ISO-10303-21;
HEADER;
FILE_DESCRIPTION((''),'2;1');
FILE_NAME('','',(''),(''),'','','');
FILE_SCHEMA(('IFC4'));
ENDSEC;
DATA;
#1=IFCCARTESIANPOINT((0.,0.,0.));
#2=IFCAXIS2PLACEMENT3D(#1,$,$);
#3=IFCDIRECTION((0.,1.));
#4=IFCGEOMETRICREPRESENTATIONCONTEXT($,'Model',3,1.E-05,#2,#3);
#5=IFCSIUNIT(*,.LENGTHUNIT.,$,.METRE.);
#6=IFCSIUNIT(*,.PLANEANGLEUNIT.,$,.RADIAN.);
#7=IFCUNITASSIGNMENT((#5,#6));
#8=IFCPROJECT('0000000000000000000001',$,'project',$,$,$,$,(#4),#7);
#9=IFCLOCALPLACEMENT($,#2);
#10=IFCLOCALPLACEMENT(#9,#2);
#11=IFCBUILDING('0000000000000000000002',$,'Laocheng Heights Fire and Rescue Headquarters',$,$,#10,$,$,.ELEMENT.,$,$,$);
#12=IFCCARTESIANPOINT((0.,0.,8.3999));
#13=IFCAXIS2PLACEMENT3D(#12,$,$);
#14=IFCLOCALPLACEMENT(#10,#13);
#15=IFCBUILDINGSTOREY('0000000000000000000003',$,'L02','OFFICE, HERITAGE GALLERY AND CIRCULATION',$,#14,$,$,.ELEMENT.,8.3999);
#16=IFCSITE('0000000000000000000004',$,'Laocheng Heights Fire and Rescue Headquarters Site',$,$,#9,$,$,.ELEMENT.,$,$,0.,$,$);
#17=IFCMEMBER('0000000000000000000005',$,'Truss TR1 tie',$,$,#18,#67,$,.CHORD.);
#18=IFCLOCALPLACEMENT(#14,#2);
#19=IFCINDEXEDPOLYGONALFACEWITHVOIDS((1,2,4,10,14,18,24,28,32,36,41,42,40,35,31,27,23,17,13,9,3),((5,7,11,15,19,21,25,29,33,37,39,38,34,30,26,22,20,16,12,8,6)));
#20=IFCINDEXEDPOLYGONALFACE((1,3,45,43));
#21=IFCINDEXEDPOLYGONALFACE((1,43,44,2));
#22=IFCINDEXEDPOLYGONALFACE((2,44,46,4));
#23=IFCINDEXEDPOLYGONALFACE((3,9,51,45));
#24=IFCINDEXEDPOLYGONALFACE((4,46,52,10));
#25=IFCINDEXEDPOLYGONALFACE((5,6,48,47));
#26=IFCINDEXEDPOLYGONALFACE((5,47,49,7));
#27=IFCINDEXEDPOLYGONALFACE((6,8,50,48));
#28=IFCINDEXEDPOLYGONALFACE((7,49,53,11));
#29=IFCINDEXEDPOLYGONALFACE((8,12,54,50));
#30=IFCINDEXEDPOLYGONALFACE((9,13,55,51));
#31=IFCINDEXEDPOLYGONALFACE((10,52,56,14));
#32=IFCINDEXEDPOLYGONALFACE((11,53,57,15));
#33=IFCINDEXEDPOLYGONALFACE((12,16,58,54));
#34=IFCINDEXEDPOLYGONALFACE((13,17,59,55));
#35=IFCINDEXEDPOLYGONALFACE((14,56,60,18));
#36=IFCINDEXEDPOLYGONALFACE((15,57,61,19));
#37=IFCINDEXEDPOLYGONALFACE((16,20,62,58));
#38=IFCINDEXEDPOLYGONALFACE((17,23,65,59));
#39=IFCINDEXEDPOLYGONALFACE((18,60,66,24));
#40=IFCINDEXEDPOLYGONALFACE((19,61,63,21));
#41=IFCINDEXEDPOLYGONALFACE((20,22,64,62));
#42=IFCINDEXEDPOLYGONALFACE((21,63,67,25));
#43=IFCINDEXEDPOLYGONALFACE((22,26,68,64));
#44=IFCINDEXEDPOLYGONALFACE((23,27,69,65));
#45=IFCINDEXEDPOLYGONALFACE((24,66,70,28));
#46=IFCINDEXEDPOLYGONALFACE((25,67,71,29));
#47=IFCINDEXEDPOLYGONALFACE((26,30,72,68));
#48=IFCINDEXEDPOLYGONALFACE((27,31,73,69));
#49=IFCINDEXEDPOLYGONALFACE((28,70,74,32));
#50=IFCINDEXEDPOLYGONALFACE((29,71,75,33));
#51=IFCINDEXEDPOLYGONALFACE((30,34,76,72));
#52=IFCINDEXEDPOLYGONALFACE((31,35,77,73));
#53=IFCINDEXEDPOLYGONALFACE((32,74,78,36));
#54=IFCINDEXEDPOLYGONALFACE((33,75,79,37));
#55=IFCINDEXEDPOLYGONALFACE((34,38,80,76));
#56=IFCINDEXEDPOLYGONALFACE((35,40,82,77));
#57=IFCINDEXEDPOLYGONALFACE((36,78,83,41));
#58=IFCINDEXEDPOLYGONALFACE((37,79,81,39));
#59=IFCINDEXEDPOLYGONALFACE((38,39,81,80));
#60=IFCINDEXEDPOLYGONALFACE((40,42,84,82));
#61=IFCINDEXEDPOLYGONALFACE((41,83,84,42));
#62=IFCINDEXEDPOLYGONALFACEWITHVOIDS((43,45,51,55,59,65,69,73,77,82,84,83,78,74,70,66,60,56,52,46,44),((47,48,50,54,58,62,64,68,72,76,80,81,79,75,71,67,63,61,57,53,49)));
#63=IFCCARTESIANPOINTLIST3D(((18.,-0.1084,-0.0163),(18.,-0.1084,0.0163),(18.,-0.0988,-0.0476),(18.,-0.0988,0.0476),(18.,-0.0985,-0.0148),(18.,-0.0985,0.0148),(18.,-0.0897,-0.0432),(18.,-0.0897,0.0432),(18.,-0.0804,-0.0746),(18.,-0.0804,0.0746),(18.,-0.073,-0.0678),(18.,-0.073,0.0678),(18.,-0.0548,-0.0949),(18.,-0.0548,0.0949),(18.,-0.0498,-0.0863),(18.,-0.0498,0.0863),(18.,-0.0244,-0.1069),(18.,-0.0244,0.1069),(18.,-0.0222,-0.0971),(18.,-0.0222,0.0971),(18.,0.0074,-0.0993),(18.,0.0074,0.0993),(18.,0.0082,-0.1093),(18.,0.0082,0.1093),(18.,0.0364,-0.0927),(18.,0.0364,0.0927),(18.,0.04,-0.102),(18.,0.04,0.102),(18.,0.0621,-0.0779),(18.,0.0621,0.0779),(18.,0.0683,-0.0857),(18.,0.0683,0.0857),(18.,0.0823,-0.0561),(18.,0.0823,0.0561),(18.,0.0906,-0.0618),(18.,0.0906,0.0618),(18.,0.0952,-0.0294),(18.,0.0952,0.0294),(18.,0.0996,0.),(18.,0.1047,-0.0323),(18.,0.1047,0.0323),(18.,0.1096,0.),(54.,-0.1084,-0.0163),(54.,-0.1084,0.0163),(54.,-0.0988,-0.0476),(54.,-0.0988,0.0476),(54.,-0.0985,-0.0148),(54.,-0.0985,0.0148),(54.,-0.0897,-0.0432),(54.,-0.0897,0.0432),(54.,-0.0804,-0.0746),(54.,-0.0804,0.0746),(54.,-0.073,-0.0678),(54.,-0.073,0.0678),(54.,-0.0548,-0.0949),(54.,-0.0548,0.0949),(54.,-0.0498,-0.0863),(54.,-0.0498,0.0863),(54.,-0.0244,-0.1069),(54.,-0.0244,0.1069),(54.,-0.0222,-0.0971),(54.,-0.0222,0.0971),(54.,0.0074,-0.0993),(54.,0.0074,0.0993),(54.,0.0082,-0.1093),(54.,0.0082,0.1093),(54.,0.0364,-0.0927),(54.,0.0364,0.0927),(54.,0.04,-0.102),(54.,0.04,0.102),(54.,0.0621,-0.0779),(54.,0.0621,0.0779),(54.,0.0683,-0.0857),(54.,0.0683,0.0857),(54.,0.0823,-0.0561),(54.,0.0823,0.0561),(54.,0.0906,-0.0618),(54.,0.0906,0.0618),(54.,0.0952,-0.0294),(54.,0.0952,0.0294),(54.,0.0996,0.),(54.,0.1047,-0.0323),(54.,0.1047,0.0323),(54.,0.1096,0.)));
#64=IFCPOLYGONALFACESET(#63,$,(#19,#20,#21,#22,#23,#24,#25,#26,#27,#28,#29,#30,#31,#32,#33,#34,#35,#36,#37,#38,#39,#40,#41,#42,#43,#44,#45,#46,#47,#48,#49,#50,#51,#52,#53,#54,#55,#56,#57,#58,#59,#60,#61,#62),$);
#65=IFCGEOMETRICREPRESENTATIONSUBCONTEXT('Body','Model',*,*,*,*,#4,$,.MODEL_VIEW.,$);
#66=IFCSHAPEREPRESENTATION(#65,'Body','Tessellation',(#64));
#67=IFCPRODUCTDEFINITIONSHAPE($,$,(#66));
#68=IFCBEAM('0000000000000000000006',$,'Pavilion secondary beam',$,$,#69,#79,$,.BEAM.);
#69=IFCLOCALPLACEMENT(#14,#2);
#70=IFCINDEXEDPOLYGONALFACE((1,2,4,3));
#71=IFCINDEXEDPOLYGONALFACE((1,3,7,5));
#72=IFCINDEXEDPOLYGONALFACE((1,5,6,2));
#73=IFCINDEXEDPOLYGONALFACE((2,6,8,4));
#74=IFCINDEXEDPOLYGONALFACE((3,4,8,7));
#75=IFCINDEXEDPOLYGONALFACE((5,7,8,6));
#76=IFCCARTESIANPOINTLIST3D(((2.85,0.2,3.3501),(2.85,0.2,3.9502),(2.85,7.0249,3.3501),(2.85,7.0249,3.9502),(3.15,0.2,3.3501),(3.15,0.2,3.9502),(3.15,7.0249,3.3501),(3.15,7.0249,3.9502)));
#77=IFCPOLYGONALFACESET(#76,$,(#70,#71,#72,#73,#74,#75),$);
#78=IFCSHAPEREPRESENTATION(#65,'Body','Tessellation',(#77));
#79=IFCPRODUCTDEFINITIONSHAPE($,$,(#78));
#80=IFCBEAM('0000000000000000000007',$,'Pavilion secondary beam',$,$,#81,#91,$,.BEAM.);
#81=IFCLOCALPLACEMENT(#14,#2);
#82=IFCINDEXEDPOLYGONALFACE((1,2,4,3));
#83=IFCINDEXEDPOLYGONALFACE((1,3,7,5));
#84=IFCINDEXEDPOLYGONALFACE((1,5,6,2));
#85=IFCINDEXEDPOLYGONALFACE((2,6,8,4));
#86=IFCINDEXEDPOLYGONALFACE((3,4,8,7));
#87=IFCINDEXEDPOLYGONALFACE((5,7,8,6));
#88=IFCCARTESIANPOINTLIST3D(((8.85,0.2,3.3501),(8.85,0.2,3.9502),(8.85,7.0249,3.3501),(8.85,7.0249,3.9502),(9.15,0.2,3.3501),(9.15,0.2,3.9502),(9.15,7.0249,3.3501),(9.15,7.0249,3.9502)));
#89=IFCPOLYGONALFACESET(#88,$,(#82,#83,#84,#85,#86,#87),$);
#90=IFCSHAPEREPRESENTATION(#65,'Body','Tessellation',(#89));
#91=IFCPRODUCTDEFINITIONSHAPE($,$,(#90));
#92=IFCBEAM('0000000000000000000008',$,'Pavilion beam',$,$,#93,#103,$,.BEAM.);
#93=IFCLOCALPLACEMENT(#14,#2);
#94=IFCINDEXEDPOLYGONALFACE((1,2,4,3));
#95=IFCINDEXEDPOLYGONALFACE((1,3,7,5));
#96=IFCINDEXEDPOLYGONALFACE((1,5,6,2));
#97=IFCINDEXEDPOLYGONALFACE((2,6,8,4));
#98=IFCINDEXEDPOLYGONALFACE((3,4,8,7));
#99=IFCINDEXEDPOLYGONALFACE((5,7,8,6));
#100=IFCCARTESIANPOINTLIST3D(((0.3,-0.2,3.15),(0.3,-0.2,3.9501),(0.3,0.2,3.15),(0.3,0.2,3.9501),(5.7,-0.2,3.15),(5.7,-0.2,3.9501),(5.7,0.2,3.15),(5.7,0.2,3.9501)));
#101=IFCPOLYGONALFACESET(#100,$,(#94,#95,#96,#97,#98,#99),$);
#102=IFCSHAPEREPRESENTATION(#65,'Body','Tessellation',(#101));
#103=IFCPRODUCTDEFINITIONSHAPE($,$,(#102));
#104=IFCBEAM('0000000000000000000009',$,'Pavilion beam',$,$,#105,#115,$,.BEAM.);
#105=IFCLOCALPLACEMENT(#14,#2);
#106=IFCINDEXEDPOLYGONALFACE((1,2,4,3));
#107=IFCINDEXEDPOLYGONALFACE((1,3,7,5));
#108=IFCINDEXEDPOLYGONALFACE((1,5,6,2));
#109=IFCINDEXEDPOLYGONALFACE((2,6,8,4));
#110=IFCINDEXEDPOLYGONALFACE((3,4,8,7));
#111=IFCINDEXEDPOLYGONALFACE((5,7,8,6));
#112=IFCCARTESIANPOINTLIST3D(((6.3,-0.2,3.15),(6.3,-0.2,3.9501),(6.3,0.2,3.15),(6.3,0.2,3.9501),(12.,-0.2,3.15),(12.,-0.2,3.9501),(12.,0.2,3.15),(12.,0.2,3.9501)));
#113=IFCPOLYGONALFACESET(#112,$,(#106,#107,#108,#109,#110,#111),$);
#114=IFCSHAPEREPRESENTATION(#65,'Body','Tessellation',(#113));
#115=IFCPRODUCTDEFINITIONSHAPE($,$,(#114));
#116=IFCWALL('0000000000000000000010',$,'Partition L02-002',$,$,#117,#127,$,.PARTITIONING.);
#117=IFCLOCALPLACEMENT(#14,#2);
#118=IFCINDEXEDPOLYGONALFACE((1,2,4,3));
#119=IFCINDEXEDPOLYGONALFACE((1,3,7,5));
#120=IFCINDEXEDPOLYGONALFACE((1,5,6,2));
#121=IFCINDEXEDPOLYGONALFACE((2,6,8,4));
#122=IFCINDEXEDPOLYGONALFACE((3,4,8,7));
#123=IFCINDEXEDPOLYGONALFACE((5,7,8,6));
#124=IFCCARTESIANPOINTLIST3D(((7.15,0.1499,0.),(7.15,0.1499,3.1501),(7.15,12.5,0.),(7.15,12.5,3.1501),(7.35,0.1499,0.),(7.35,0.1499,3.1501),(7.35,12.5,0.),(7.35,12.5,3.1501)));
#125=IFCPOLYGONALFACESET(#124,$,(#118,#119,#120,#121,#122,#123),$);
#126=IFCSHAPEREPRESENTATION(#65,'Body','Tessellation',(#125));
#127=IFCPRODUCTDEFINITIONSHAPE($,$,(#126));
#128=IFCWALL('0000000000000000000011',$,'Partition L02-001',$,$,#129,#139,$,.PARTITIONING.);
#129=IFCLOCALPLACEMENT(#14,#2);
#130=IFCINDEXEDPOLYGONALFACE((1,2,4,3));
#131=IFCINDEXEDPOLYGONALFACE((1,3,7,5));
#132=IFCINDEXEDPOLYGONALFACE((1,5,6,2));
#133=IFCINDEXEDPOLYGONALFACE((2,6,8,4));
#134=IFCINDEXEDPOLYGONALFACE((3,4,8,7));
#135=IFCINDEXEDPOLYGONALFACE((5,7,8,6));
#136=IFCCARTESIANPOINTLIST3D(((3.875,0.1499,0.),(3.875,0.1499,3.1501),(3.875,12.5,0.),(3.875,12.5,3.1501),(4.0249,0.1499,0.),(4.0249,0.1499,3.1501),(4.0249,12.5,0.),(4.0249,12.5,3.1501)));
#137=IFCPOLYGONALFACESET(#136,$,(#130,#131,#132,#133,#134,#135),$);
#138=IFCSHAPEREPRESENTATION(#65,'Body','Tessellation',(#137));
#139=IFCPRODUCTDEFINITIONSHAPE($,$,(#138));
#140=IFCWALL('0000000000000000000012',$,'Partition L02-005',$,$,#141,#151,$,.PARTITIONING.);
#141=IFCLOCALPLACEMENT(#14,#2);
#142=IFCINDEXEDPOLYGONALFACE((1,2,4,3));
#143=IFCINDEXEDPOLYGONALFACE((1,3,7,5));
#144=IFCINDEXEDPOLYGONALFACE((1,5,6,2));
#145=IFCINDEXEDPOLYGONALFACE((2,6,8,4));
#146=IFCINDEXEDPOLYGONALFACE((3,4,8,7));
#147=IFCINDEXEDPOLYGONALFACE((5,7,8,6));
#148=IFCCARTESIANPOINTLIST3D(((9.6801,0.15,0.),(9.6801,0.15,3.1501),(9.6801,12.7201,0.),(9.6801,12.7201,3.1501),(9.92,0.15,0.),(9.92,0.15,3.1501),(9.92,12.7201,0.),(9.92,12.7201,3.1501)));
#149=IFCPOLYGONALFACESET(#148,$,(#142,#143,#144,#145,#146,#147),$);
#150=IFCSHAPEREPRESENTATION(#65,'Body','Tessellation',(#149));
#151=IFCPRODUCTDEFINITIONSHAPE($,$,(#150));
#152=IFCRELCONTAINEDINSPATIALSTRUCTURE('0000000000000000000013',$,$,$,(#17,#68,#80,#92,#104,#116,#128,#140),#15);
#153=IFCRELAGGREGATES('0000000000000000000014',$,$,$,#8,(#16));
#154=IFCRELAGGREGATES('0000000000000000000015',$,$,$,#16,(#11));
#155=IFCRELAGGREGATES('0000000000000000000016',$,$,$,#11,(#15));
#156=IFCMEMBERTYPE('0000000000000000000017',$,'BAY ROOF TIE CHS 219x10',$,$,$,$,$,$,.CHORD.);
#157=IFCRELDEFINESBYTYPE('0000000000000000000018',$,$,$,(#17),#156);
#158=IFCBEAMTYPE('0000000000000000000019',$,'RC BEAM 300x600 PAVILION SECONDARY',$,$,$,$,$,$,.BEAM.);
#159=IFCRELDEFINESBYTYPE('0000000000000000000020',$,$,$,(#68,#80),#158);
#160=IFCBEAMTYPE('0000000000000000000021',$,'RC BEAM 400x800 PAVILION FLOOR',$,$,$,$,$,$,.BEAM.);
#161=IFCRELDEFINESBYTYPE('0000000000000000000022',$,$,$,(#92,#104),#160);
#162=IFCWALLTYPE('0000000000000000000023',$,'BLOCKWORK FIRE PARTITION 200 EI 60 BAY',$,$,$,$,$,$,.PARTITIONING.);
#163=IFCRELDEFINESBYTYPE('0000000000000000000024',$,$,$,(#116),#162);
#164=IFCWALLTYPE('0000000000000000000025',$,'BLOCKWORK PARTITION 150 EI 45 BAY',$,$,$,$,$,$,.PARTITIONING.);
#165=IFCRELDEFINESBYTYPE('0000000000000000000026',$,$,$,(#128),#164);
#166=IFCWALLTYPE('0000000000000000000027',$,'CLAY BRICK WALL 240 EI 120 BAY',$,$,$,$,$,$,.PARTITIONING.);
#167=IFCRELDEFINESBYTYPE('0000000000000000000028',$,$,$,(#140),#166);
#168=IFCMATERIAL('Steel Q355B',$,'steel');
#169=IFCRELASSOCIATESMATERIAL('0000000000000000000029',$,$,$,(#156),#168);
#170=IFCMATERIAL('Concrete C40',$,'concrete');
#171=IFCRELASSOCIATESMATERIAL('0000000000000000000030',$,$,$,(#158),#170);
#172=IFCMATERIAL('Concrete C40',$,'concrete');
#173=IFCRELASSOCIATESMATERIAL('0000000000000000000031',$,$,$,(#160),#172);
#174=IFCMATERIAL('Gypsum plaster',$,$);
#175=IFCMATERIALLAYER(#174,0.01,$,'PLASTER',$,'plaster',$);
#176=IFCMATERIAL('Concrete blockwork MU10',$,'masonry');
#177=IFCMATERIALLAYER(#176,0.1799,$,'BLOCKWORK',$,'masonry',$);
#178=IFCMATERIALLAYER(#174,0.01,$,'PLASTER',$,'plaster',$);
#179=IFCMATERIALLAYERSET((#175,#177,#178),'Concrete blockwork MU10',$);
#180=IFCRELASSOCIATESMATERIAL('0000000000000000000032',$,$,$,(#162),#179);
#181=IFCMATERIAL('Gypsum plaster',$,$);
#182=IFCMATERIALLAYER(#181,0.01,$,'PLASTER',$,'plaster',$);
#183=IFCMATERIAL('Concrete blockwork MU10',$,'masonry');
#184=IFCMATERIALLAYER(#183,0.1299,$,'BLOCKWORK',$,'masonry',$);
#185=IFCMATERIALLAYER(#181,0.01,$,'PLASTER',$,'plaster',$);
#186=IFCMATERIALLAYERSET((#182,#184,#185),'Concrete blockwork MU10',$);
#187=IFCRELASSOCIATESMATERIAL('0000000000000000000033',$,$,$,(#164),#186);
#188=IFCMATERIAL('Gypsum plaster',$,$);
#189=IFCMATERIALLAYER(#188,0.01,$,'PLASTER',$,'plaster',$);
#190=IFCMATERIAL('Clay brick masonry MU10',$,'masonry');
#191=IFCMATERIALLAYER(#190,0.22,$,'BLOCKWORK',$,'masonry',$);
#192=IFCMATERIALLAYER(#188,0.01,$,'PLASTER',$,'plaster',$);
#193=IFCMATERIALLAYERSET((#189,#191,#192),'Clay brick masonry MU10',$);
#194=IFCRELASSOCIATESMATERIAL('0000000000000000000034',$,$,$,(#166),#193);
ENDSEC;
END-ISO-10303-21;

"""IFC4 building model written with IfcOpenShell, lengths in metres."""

from ifc_helpers import new_model, si_unit, direction, frame, frame_2d, origin, origin_2d, place, context, subcontext, project, spatial, rectangle, hollow_circle, extrude, material, layer, layer_set, material_profile, profile_set, type_object, element, save


model = new_model("IFC4")

# Units and contexts
model_context = context("Model", 3, precision=1e-05, world=origin(), true_north=direction((0.0, 1.0)))
body_context = subcontext(model_context, "Body", "Model", "MODEL_VIEW")
ifc_project = project(units=[si_unit("LENGTHUNIT", "METRE"), si_unit("PLANEANGLEUNIT", "RADIAN")], contexts=[model_context])

# Site, building, storey
site_placement = place(None, origin())
site = spatial("IfcSite", under=ifc_project, at=site_placement, Name="Laocheng Heights Fire and Rescue Headquarters Site", CompositionType="ELEMENT", RefElevation=0.0)
building_placement = place(site_placement, origin())
building = spatial("IfcBuilding", under=site, at=building_placement, Name="Laocheng Heights Fire and Rescue Headquarters", CompositionType="ELEMENT")
storey_placement = place(building_placement, frame((0.0, 0.0, 8.3999)))
storey = spatial("IfcBuildingStorey", under=building, at=storey_placement, Name="L02", Description="OFFICE, HERITAGE GALLERY AND CIRCULATION", CompositionType="ELEMENT", Elevation=8.3999)

# Member
ifc_material_1 = material(Name="Steel Q355B", Category="steel")
ifc_material_profile_1 = material_profile(ifc_material_1, hollow_circle(Radius=0.1096, WallThickness=0.01, at=origin_2d()), Name="CHS 219x10")
ifc_profile_set_1 = profile_set([ifc_material_profile_1], Name="Steel Q355B")
member_type_1 = type_object("IfcMemberType", Name="BAY ROOF TIE CHS 219x10", PredefinedType="CHORD", material=ifc_profile_set_1)
member_1_placement = place(storey_placement, frame((18.0, 0.0, 0.0), z_axis=(1.0, 0.0, 0.0), x_axis=(0.0, 1.0, 0.0)))
element("IfcMember", 1, at=member_1_placement, inside=storey, type_object=member_type_1, Name="Truss TR1 tie", PredefinedType="CHORD", context=body_context, shape_type="SweptSolid", body=[
    extrude(hollow_circle(Radius=0.1096, WallThickness=0.01, at=origin_2d()), origin(), (0.0, 0.0, 1.0), 36.0),
])

# Beams
ifc_material_2 = material(Name="Concrete C40", Category="concrete")
ifc_material_profile_2 = material_profile(ifc_material_2, rectangle(XDim=0.3, YDim=0.6001, at=origin_2d()), Name="RC BEAM 300x600 PAVILION SECONDARY")
ifc_profile_set_2 = profile_set([ifc_material_profile_2], Name="Concrete C40")
beam_type_1 = type_object("IfcBeamType", Name="RC BEAM 300x600 PAVILION SECONDARY", PredefinedType="BEAM", material=ifc_profile_set_2)
for number, where, z_axis, x_axis, name in (
    (2, (3.0, 0.2, 3.6501), (0.0, 1.0, 0.0), (-1.0, 0.0, 0.0), "Pavilion secondary beam"),
    (3, (9.0, 0.2, 3.6501), (0.0, 1.0, 0.0), (-1.0, 0.0, 0.0), "Pavilion secondary beam"),
):
    element("IfcBeam", number, at=place(storey_placement, frame(where, z_axis=z_axis, x_axis=x_axis)), inside=storey, type_object=beam_type_1, Name=name, PredefinedType="BEAM", context=body_context, shape_type="SweptSolid", body=[
        extrude(rectangle(XDim=0.3, YDim=0.6001, at=origin_2d()), origin(), (0.0, 0.0, 1.0), 6.825),
    ])
ifc_material_3 = material(Name="Concrete C40", Category="concrete")
ifc_material_profile_3 = material_profile(ifc_material_3, rectangle(XDim=0.3999, YDim=0.8, at=origin_2d()), Name="RC BEAM 400x800 PAVILION FLOOR")
ifc_profile_set_3 = profile_set([ifc_material_profile_3], Name="Concrete C40")
beam_type_2 = type_object("IfcBeamType", Name="RC BEAM 400x800 PAVILION FLOOR", PredefinedType="BEAM", material=ifc_profile_set_3)
beam_1_placement = place(storey_placement, frame((0.3, 0.0, 3.55), z_axis=(1.0, 0.0, 0.0), x_axis=(0.0, 1.0, 0.0)))
element("IfcBeam", 4, at=beam_1_placement, inside=storey, type_object=beam_type_2, Name="Pavilion beam", PredefinedType="BEAM", context=body_context, shape_type="SweptSolid", body=[
    extrude(rectangle(XDim=0.3999, YDim=0.8, at=origin_2d()), origin(), (0.0, 0.0, 1.0), 5.3999),
])
beam_2_placement = place(storey_placement, frame((6.3, 0.0, 3.55), z_axis=(1.0, 0.0, 0.0), x_axis=(0.0, 1.0, 0.0)))
element("IfcBeam", 5, at=beam_2_placement, inside=storey, type_object=beam_type_2, Name="Pavilion beam", PredefinedType="BEAM", context=body_context, shape_type="SweptSolid", body=[
    extrude(rectangle(XDim=0.3999, YDim=0.8, at=origin_2d()), origin(), (0.0, 0.0, 1.0), 5.7),
])

# Walls
ifc_material_4 = material(Name="Gypsum plaster")
ifc_layer_1 = layer(ifc_material_4, 0.01, Name="PLASTER", Category="plaster")
ifc_material_5 = material(Name="Concrete blockwork MU10", Category="masonry")
ifc_layer_2 = layer(ifc_material_5, 0.1799, Name="BLOCKWORK", Category="masonry")
ifc_layer_3 = layer(ifc_material_4, 0.01, Name="PLASTER", Category="plaster")
ifc_layer_set_1 = layer_set([ifc_layer_1, ifc_layer_2, ifc_layer_3], Name="Concrete blockwork MU10")
wall_type_1 = type_object("IfcWallType", Name="BLOCKWORK FIRE PARTITION 200 EI 60 BAY", PredefinedType="PARTITIONING", material=ifc_layer_set_1)
wall_1_placement = place(storey_placement, frame((7.25, 0.1499, 0.0), z_axis=(0.0, 0.0, 1.0), x_axis=(0.0, 1.0, 0.0)))
element("IfcWall", 6, at=wall_1_placement, inside=storey, type_object=wall_type_1, Name="Partition L02-002", PredefinedType="PARTITIONING", context=body_context, shape_type="SweptSolid", body=[
    extrude(rectangle(XDim=12.3501, YDim=0.2, at=frame_2d((6.175, 0.0))), origin(), (0.0, 0.0, 1.0), 3.1501),
])
ifc_material_6 = material(Name="Gypsum plaster")
ifc_layer_4 = layer(ifc_material_6, 0.01, Name="PLASTER", Category="plaster")
ifc_material_7 = material(Name="Concrete blockwork MU10", Category="masonry")
ifc_layer_5 = layer(ifc_material_7, 0.1299, Name="BLOCKWORK", Category="masonry")
ifc_layer_6 = layer(ifc_material_6, 0.01, Name="PLASTER", Category="plaster")
ifc_layer_set_2 = layer_set([ifc_layer_4, ifc_layer_5, ifc_layer_6], Name="Concrete blockwork MU10")
wall_type_2 = type_object("IfcWallType", Name="BLOCKWORK PARTITION 150 EI 45 BAY", PredefinedType="PARTITIONING", material=ifc_layer_set_2)
wall_2_placement = place(storey_placement, frame((3.95, 0.1499, 0.0), z_axis=(0.0, 0.0, 1.0), x_axis=(0.0, 1.0, 0.0)))
element("IfcWall", 7, at=wall_2_placement, inside=storey, type_object=wall_type_2, Name="Partition L02-001", PredefinedType="PARTITIONING", context=body_context, shape_type="SweptSolid", body=[
    extrude(rectangle(XDim=12.3501, YDim=0.1499, at=frame_2d((6.175, 0.0))), origin(), (0.0, 0.0, 1.0), 3.1501),
])
ifc_material_8 = material(Name="Gypsum plaster")
ifc_layer_7 = layer(ifc_material_8, 0.01, Name="PLASTER", Category="plaster")
ifc_material_9 = material(Name="Clay brick masonry MU10", Category="masonry")
ifc_layer_8 = layer(ifc_material_9, 0.22, Name="BLOCKWORK", Category="masonry")
ifc_layer_9 = layer(ifc_material_8, 0.01, Name="PLASTER", Category="plaster")
ifc_layer_set_3 = layer_set([ifc_layer_7, ifc_layer_8, ifc_layer_9], Name="Clay brick masonry MU10")
wall_type_3 = type_object("IfcWallType", Name="CLAY BRICK WALL 240 EI 120 BAY", PredefinedType="PARTITIONING", material=ifc_layer_set_3)
wall_3_placement = place(storey_placement, frame((9.8, 0.1499, 0.0), z_axis=(0.0, 0.0, 1.0), x_axis=(0.0, 1.0, 0.0)))
element("IfcWall", 8, at=wall_3_placement, inside=storey, type_object=wall_type_3, Name="Partition L02-005", PredefinedType="PARTITIONING", context=body_context, shape_type="SweptSolid", body=[
    extrude(rectangle(XDim=12.5701, YDim=0.24, at=frame_2d((6.2852, 0.0))), origin(), (0.0, 0.0, 1.0), 3.1501),
])

save(model, "model.ifc")
